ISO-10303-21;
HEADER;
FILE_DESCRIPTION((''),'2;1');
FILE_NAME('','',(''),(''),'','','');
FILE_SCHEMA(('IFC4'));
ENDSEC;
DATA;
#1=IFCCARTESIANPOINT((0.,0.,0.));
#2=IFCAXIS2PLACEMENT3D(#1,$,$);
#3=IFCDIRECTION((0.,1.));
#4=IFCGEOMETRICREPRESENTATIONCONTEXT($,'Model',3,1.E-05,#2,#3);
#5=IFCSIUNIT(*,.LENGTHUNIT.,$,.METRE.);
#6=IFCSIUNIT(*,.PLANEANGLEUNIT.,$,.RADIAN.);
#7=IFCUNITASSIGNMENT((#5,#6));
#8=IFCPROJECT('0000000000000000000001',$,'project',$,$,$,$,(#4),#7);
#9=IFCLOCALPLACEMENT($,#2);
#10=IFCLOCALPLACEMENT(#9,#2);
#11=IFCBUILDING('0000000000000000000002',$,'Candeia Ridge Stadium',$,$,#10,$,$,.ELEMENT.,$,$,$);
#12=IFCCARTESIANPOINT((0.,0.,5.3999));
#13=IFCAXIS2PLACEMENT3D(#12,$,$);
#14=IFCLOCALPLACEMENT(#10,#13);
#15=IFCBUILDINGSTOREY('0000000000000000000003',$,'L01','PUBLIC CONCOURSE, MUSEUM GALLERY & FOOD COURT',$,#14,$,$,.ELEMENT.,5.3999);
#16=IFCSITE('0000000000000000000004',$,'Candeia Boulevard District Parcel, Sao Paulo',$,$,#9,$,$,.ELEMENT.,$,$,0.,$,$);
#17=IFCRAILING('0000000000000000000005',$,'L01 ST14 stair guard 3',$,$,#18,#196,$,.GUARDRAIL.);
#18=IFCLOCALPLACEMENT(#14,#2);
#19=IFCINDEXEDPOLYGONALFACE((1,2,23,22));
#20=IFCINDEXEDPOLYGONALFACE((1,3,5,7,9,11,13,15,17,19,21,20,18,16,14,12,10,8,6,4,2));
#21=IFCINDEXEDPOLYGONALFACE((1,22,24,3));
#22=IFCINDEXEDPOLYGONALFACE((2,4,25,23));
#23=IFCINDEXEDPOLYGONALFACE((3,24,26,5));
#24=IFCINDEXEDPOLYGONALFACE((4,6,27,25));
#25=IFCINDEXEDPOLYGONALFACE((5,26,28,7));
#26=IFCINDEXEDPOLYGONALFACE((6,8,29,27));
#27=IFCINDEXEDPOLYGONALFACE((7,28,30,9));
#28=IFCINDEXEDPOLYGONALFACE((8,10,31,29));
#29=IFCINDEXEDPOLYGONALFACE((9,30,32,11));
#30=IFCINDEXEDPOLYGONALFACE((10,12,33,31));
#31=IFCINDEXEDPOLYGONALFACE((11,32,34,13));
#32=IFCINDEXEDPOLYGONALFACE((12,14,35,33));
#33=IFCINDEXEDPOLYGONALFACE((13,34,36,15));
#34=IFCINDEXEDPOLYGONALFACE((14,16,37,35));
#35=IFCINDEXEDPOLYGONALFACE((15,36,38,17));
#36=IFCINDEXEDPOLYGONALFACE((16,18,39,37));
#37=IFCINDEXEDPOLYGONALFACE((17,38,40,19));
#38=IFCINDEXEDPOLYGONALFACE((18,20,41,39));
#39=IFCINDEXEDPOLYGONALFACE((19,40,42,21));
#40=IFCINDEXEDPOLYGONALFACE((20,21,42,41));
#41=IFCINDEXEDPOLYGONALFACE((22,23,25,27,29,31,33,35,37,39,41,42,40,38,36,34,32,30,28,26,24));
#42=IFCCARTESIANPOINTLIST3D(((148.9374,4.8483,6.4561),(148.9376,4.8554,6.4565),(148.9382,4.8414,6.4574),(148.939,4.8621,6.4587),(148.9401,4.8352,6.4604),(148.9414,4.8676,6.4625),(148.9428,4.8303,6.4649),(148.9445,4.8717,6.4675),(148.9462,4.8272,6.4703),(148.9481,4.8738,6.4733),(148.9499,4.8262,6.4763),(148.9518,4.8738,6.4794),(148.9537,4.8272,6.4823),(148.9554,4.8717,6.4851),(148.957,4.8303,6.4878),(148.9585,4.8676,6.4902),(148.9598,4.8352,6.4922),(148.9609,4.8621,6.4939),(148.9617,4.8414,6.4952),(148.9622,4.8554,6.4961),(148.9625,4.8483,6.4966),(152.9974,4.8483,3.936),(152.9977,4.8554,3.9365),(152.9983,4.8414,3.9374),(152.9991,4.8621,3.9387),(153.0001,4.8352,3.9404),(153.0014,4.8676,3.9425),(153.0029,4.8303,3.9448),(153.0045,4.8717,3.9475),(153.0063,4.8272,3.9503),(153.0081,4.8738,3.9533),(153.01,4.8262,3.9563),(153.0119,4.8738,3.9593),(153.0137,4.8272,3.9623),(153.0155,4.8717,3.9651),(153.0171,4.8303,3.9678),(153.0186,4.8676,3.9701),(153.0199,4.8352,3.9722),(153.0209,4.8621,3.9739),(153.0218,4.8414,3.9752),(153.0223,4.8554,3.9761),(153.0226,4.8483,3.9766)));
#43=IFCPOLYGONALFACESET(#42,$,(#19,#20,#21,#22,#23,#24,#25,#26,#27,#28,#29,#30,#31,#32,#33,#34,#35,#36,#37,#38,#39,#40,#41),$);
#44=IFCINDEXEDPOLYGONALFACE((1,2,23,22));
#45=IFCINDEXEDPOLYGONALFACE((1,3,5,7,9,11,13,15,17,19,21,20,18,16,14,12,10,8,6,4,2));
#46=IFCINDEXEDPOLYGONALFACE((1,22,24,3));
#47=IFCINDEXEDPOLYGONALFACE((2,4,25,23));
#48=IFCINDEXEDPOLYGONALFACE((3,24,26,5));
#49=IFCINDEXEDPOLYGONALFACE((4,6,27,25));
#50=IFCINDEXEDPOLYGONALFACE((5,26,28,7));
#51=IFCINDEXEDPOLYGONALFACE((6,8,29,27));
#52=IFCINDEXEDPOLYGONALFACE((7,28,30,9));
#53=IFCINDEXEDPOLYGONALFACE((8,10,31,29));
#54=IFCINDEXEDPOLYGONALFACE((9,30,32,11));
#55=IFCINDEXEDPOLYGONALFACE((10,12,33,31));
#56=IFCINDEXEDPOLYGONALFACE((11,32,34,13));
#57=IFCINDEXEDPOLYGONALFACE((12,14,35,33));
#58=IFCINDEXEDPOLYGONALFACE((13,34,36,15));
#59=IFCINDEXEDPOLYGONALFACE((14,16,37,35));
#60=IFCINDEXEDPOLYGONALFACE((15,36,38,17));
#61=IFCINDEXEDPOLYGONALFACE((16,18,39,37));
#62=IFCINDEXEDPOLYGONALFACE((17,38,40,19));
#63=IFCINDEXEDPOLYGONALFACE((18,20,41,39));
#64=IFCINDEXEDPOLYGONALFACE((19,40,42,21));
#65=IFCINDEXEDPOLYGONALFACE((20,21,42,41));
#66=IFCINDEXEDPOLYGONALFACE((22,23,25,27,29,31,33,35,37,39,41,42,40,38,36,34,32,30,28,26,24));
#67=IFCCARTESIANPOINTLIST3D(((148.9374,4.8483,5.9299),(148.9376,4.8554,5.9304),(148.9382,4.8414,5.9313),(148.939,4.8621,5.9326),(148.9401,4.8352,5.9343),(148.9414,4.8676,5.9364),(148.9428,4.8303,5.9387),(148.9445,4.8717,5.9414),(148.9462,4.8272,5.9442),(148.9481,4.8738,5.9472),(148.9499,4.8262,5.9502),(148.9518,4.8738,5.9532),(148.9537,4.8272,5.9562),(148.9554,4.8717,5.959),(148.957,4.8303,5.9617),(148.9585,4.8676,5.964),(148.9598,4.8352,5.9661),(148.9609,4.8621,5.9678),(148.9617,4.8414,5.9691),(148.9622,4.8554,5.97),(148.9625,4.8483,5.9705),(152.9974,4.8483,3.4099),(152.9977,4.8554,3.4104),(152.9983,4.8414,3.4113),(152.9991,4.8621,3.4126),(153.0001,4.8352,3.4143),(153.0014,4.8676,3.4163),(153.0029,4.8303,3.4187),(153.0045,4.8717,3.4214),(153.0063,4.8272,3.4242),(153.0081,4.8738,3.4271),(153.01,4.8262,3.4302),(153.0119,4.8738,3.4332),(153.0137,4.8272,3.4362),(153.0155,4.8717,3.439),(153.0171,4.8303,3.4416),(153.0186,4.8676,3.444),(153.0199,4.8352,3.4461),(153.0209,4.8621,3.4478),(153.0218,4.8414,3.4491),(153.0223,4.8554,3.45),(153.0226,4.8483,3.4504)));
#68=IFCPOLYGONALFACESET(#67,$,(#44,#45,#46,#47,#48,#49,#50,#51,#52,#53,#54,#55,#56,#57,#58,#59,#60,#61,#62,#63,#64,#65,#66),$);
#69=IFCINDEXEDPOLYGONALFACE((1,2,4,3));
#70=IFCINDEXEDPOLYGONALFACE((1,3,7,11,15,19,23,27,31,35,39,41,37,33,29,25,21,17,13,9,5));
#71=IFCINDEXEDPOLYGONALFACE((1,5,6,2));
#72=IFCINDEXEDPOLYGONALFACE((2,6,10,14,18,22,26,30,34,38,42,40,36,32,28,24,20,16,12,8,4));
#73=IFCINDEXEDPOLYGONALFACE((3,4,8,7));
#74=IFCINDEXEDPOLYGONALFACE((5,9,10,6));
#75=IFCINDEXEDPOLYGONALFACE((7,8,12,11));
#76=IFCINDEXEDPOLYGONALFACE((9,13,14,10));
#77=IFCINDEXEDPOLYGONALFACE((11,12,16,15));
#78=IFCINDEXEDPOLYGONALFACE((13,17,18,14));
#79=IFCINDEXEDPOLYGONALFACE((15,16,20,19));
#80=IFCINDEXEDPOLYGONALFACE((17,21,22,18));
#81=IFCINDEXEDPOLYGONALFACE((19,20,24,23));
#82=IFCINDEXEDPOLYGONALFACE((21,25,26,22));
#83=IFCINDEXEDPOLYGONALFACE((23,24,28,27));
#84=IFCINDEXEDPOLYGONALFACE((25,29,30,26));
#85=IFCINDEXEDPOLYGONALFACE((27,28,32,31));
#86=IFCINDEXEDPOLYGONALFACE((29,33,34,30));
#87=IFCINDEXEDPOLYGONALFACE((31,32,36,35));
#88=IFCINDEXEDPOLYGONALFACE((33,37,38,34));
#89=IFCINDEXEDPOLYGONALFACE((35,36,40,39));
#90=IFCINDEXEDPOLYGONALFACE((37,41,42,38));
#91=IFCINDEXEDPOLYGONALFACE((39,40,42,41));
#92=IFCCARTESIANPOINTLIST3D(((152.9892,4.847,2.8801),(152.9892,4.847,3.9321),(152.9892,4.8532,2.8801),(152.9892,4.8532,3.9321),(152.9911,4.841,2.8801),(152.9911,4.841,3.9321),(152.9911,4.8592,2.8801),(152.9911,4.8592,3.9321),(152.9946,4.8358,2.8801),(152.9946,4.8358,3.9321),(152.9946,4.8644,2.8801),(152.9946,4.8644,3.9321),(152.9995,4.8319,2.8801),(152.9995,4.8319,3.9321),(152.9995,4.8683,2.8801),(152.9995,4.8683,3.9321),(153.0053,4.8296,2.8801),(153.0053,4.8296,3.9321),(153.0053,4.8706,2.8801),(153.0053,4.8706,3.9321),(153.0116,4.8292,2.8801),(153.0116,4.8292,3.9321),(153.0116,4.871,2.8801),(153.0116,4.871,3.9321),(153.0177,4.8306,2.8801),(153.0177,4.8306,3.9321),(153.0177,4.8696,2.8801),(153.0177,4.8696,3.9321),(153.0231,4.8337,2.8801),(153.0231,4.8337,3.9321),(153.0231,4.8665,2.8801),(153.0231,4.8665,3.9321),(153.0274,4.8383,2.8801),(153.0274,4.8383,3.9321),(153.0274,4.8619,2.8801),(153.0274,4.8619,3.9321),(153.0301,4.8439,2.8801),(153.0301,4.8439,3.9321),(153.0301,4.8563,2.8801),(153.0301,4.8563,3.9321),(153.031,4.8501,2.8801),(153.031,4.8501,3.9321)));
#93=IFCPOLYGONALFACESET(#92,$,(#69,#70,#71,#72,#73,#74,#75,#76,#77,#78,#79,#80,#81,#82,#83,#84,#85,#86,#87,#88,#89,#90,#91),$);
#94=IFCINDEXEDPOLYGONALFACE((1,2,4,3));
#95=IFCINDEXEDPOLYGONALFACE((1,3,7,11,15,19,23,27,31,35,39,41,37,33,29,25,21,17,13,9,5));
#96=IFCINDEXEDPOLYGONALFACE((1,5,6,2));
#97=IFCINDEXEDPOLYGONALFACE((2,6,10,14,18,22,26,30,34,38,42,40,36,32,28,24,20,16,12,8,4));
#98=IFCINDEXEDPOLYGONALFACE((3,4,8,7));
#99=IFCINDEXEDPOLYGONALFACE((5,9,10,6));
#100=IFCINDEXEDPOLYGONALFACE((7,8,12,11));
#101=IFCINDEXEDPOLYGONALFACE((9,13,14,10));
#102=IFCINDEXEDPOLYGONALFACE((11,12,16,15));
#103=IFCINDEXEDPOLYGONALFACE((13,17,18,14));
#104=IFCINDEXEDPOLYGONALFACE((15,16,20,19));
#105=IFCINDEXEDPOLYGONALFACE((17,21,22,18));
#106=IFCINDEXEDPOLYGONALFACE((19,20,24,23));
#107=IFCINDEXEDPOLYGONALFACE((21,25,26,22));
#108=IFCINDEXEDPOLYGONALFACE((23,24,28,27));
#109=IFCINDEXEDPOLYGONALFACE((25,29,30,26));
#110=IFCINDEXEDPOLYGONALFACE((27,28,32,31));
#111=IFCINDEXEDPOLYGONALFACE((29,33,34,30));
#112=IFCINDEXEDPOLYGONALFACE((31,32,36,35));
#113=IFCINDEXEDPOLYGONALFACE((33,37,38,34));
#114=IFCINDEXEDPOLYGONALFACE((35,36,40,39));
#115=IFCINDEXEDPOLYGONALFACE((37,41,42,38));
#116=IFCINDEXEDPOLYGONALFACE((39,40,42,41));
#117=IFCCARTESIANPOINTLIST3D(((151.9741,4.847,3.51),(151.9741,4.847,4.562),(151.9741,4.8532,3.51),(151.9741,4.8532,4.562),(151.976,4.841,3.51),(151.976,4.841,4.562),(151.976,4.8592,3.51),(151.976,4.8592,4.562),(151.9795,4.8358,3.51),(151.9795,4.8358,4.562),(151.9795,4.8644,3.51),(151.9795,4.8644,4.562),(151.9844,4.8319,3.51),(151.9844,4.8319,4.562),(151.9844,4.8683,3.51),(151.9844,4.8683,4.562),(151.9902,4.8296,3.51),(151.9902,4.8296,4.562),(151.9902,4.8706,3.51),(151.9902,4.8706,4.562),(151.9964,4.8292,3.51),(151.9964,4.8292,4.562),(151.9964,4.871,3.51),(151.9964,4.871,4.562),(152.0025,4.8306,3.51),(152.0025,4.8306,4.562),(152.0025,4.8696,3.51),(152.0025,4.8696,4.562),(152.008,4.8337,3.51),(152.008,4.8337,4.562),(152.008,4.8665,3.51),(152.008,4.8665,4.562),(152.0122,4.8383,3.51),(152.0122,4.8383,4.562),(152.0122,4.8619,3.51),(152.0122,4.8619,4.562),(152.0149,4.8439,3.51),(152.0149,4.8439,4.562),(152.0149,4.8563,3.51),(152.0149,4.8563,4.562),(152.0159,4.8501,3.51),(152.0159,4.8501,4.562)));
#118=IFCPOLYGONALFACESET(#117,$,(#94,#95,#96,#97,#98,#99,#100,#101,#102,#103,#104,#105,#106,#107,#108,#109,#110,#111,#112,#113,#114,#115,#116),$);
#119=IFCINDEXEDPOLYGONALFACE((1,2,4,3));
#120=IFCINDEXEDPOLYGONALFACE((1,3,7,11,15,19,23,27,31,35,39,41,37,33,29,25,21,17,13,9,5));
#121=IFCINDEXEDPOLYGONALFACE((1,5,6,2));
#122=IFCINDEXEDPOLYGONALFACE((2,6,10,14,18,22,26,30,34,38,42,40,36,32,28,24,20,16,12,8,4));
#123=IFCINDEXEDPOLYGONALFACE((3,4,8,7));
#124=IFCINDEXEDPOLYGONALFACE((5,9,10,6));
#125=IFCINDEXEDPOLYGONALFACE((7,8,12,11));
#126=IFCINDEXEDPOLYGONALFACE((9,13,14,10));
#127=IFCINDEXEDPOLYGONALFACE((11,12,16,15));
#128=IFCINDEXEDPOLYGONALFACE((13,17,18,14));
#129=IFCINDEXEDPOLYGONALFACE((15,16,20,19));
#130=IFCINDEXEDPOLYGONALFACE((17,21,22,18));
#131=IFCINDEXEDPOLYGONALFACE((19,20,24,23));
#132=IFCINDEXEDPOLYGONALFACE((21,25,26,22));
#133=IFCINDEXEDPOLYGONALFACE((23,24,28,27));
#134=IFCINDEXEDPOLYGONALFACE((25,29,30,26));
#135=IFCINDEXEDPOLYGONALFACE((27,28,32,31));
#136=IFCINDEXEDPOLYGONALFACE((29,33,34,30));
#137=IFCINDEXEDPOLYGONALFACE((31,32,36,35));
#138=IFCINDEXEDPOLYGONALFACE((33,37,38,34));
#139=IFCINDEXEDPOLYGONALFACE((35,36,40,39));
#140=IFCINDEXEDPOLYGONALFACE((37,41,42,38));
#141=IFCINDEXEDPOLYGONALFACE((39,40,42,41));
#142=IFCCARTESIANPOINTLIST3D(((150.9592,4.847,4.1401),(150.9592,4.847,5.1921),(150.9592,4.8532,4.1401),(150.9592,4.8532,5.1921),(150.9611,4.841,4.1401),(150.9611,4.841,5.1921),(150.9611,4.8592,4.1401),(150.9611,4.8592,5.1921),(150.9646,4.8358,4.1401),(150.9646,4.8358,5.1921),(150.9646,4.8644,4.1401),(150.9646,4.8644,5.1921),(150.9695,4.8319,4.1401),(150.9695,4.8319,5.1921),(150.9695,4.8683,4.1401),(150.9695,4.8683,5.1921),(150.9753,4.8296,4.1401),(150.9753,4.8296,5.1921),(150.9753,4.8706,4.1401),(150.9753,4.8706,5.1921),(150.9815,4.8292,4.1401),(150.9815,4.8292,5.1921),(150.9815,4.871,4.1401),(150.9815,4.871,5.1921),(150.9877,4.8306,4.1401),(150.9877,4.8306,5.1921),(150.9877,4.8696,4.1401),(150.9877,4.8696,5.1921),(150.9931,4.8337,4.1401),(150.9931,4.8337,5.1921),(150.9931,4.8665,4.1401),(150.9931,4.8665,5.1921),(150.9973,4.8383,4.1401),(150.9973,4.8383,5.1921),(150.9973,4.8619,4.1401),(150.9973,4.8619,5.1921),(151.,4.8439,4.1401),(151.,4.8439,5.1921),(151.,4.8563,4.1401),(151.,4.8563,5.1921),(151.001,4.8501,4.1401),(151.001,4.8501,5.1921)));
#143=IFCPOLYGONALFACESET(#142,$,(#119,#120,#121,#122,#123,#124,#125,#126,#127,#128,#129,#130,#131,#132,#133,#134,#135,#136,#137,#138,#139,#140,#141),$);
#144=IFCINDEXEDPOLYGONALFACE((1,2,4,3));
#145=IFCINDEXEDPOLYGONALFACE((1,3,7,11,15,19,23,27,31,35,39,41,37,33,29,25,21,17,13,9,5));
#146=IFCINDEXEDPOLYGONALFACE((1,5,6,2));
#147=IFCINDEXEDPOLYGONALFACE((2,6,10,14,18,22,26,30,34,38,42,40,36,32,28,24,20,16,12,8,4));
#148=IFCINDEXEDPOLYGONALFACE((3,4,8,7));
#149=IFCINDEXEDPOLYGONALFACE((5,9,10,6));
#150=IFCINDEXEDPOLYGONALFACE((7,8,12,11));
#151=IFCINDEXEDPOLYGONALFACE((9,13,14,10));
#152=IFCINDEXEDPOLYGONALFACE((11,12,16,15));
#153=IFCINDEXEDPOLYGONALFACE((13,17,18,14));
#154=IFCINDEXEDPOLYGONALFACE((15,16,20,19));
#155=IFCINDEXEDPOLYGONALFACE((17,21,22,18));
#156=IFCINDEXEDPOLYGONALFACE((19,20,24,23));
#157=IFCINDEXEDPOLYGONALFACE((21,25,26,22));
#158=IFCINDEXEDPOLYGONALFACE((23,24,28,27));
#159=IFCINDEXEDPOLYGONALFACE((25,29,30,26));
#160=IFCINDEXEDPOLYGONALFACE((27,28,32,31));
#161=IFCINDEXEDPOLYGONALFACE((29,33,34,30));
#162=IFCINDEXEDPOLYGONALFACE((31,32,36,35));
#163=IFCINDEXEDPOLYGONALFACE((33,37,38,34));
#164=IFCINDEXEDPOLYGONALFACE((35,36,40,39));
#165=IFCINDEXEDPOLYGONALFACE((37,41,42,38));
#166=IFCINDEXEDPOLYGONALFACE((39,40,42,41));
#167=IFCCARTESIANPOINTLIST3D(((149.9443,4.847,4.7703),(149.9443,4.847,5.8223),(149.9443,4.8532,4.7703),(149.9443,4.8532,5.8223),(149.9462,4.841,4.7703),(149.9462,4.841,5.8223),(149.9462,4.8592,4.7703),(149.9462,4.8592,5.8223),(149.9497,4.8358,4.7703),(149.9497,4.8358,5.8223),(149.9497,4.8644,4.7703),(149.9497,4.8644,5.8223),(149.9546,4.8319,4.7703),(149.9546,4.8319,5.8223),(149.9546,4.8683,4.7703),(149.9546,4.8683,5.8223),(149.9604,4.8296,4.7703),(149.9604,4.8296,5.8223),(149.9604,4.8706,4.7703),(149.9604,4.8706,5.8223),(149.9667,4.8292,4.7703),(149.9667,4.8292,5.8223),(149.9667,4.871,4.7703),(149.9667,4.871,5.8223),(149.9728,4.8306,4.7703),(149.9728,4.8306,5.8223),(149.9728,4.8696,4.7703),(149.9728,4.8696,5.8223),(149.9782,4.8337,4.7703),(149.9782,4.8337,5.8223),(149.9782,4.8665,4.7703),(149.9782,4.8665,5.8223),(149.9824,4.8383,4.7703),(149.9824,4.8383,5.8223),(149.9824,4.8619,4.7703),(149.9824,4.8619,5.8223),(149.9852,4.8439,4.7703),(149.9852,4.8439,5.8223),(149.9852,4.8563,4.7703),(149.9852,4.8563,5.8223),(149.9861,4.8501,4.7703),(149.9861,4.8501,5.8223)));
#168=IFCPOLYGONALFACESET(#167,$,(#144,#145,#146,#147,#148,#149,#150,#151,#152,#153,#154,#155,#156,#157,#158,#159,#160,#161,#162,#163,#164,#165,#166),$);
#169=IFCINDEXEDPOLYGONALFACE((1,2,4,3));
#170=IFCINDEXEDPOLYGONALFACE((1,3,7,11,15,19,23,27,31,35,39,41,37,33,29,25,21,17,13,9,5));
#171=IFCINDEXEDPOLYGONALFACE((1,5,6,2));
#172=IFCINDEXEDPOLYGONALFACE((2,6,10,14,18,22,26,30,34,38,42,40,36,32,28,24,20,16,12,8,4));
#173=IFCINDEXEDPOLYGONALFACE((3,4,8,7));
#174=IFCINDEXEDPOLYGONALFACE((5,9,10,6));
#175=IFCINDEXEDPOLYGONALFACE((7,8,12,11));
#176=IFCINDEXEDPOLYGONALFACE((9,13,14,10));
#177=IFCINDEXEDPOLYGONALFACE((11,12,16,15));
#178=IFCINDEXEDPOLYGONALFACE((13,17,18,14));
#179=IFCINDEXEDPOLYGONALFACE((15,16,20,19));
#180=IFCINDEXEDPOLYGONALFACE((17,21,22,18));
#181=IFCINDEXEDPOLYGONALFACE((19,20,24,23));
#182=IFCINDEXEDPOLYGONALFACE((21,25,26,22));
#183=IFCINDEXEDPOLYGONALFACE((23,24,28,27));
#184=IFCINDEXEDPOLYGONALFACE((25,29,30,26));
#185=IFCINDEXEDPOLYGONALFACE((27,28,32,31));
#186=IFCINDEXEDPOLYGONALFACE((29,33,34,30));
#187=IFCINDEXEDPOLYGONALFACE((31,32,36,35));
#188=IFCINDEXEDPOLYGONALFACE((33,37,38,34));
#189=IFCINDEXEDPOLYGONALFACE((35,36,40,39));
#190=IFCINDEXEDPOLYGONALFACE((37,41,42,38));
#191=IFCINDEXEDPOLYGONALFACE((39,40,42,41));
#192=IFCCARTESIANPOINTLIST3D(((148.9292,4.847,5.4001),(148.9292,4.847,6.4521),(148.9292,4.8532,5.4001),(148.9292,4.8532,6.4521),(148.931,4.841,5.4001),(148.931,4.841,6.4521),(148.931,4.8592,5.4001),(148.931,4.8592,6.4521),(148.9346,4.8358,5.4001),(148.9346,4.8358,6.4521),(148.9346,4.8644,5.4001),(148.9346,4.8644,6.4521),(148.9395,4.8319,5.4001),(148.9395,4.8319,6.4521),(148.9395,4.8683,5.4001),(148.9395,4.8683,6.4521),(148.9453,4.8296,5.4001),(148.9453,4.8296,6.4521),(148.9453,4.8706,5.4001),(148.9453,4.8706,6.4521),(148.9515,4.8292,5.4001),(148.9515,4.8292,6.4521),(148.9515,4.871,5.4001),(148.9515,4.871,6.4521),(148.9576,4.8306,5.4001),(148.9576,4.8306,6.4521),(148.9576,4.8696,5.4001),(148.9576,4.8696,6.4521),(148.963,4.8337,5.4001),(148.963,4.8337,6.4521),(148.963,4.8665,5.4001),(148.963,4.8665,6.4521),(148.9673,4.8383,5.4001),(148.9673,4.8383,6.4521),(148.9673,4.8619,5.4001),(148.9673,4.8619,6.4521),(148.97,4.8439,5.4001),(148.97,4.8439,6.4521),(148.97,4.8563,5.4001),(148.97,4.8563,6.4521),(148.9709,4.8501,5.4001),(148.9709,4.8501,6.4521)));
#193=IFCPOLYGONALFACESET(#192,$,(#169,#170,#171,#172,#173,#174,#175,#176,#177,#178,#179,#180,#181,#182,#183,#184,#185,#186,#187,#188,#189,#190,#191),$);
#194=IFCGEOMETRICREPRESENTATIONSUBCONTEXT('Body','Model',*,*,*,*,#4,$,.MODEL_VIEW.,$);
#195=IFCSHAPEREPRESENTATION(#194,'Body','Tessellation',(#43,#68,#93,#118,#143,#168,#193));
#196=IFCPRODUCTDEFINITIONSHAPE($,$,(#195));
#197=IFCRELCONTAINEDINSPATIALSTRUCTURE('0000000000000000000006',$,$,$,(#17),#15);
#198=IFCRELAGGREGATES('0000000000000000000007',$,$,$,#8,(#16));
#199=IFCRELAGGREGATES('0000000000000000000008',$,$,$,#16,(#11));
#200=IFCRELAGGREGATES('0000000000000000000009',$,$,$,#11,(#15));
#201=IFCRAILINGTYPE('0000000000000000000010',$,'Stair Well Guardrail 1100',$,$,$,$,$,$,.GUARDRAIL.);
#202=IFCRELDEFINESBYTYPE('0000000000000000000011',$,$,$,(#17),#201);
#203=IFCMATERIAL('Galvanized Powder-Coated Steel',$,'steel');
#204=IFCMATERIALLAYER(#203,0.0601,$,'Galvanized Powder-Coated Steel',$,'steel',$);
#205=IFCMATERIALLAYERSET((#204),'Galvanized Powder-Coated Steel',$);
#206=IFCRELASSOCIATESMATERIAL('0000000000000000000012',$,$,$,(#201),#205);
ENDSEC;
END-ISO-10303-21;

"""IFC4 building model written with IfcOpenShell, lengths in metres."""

from ifc_helpers import new_model, si_unit, direction, frame, origin, origin_2d, place, context, subcontext, project, spatial, circle, extrude, material, layer, layer_set, type_object, element, save


model = new_model("IFC4")

# Units and contexts
model_context = context("Model", 3, precision=1e-05, world=origin(), true_north=direction((0.0, 1.0)))
body_context = subcontext(model_context, "Body", "Model", "MODEL_VIEW")
ifc_project = project(units=[si_unit("LENGTHUNIT", "METRE"), si_unit("PLANEANGLEUNIT", "RADIAN")], contexts=[model_context])

# Site, building, storey
site_placement = place(None, origin())
site = spatial("IfcSite", under=ifc_project, at=site_placement, Name="Candeia Boulevard District Parcel, Sao Paulo", CompositionType="ELEMENT", RefElevation=0.0)
building_placement = place(site_placement, origin())
building = spatial("IfcBuilding", under=site, at=building_placement, Name="Candeia Ridge Stadium", CompositionType="ELEMENT")
storey_placement = place(building_placement, frame((0.0, 0.0, 5.3999)))
storey = spatial("IfcBuildingStorey", under=building, at=storey_placement, Name="L01", Description="PUBLIC CONCOURSE, MUSEUM GALLERY & FOOD COURT", CompositionType="ELEMENT", Elevation=5.3999)

# Railing
ifc_material_1 = material(Name="Galvanized Powder-Coated Steel", Category="steel")
ifc_layer_1 = layer(ifc_material_1, 0.0601, Name="Galvanized Powder-Coated Steel", Category="steel")
ifc_layer_set_1 = layer_set([ifc_layer_1], Name="Galvanized Powder-Coated Steel")
railing_type_1 = type_object("IfcRailingType", Name="Stair Well Guardrail 1100", PredefinedType="GUARDRAIL", material=ifc_layer_set_1)
railing_1_placement = place(storey_placement, frame((153.01, 4.8501, 2.8801)))
element("IfcRailing", 1, at=railing_1_placement, inside=storey, type_object=railing_type_1, Name="L01 ST14 stair guard 3", PredefinedType="GUARDRAIL", context=body_context, shape_type="SweptSolid", body=[
    extrude(circle(Radius=0.0239, at=origin_2d()), frame((0.0, 0.0, 1.0762), z_axis=(-0.849642, 0.0, 0.52736), x_axis=(0.0, -1.0, 0.0)), (0.0, 0.0, 1.0), 4.7786),
    extrude(circle(Radius=0.0239, at=origin_2d()), frame((0.0, 0.0, 0.55), z_axis=(-0.849642, 0.0, 0.52736), x_axis=(0.0, -1.0, 0.0)), (0.0, 0.0, 1.0), 4.7786),
    extrude(circle(Radius=0.021, at=origin_2d()), origin(), (0.0, 0.0, 1.0), 1.052),
    extrude(circle(Radius=0.021, at=origin_2d()), frame((-1.0151, 0.0, 0.6299)), (0.0, 0.0, 1.0), 1.052),
    extrude(circle(Radius=0.021, at=origin_2d()), frame((-2.03, 0.0, 1.26)), (0.0, 0.0, 1.0), 1.052),
    extrude(circle(Radius=0.021, at=origin_2d()), frame((-3.0449, 0.0, 1.8901)), (0.0, 0.0, 1.0), 1.052),
    extrude(circle(Radius=0.021, at=origin_2d()), frame((-4.0601, 0.0, 2.52)), (0.0, 0.0, 1.0), 1.052),
])

save(model, "model.ifc")
